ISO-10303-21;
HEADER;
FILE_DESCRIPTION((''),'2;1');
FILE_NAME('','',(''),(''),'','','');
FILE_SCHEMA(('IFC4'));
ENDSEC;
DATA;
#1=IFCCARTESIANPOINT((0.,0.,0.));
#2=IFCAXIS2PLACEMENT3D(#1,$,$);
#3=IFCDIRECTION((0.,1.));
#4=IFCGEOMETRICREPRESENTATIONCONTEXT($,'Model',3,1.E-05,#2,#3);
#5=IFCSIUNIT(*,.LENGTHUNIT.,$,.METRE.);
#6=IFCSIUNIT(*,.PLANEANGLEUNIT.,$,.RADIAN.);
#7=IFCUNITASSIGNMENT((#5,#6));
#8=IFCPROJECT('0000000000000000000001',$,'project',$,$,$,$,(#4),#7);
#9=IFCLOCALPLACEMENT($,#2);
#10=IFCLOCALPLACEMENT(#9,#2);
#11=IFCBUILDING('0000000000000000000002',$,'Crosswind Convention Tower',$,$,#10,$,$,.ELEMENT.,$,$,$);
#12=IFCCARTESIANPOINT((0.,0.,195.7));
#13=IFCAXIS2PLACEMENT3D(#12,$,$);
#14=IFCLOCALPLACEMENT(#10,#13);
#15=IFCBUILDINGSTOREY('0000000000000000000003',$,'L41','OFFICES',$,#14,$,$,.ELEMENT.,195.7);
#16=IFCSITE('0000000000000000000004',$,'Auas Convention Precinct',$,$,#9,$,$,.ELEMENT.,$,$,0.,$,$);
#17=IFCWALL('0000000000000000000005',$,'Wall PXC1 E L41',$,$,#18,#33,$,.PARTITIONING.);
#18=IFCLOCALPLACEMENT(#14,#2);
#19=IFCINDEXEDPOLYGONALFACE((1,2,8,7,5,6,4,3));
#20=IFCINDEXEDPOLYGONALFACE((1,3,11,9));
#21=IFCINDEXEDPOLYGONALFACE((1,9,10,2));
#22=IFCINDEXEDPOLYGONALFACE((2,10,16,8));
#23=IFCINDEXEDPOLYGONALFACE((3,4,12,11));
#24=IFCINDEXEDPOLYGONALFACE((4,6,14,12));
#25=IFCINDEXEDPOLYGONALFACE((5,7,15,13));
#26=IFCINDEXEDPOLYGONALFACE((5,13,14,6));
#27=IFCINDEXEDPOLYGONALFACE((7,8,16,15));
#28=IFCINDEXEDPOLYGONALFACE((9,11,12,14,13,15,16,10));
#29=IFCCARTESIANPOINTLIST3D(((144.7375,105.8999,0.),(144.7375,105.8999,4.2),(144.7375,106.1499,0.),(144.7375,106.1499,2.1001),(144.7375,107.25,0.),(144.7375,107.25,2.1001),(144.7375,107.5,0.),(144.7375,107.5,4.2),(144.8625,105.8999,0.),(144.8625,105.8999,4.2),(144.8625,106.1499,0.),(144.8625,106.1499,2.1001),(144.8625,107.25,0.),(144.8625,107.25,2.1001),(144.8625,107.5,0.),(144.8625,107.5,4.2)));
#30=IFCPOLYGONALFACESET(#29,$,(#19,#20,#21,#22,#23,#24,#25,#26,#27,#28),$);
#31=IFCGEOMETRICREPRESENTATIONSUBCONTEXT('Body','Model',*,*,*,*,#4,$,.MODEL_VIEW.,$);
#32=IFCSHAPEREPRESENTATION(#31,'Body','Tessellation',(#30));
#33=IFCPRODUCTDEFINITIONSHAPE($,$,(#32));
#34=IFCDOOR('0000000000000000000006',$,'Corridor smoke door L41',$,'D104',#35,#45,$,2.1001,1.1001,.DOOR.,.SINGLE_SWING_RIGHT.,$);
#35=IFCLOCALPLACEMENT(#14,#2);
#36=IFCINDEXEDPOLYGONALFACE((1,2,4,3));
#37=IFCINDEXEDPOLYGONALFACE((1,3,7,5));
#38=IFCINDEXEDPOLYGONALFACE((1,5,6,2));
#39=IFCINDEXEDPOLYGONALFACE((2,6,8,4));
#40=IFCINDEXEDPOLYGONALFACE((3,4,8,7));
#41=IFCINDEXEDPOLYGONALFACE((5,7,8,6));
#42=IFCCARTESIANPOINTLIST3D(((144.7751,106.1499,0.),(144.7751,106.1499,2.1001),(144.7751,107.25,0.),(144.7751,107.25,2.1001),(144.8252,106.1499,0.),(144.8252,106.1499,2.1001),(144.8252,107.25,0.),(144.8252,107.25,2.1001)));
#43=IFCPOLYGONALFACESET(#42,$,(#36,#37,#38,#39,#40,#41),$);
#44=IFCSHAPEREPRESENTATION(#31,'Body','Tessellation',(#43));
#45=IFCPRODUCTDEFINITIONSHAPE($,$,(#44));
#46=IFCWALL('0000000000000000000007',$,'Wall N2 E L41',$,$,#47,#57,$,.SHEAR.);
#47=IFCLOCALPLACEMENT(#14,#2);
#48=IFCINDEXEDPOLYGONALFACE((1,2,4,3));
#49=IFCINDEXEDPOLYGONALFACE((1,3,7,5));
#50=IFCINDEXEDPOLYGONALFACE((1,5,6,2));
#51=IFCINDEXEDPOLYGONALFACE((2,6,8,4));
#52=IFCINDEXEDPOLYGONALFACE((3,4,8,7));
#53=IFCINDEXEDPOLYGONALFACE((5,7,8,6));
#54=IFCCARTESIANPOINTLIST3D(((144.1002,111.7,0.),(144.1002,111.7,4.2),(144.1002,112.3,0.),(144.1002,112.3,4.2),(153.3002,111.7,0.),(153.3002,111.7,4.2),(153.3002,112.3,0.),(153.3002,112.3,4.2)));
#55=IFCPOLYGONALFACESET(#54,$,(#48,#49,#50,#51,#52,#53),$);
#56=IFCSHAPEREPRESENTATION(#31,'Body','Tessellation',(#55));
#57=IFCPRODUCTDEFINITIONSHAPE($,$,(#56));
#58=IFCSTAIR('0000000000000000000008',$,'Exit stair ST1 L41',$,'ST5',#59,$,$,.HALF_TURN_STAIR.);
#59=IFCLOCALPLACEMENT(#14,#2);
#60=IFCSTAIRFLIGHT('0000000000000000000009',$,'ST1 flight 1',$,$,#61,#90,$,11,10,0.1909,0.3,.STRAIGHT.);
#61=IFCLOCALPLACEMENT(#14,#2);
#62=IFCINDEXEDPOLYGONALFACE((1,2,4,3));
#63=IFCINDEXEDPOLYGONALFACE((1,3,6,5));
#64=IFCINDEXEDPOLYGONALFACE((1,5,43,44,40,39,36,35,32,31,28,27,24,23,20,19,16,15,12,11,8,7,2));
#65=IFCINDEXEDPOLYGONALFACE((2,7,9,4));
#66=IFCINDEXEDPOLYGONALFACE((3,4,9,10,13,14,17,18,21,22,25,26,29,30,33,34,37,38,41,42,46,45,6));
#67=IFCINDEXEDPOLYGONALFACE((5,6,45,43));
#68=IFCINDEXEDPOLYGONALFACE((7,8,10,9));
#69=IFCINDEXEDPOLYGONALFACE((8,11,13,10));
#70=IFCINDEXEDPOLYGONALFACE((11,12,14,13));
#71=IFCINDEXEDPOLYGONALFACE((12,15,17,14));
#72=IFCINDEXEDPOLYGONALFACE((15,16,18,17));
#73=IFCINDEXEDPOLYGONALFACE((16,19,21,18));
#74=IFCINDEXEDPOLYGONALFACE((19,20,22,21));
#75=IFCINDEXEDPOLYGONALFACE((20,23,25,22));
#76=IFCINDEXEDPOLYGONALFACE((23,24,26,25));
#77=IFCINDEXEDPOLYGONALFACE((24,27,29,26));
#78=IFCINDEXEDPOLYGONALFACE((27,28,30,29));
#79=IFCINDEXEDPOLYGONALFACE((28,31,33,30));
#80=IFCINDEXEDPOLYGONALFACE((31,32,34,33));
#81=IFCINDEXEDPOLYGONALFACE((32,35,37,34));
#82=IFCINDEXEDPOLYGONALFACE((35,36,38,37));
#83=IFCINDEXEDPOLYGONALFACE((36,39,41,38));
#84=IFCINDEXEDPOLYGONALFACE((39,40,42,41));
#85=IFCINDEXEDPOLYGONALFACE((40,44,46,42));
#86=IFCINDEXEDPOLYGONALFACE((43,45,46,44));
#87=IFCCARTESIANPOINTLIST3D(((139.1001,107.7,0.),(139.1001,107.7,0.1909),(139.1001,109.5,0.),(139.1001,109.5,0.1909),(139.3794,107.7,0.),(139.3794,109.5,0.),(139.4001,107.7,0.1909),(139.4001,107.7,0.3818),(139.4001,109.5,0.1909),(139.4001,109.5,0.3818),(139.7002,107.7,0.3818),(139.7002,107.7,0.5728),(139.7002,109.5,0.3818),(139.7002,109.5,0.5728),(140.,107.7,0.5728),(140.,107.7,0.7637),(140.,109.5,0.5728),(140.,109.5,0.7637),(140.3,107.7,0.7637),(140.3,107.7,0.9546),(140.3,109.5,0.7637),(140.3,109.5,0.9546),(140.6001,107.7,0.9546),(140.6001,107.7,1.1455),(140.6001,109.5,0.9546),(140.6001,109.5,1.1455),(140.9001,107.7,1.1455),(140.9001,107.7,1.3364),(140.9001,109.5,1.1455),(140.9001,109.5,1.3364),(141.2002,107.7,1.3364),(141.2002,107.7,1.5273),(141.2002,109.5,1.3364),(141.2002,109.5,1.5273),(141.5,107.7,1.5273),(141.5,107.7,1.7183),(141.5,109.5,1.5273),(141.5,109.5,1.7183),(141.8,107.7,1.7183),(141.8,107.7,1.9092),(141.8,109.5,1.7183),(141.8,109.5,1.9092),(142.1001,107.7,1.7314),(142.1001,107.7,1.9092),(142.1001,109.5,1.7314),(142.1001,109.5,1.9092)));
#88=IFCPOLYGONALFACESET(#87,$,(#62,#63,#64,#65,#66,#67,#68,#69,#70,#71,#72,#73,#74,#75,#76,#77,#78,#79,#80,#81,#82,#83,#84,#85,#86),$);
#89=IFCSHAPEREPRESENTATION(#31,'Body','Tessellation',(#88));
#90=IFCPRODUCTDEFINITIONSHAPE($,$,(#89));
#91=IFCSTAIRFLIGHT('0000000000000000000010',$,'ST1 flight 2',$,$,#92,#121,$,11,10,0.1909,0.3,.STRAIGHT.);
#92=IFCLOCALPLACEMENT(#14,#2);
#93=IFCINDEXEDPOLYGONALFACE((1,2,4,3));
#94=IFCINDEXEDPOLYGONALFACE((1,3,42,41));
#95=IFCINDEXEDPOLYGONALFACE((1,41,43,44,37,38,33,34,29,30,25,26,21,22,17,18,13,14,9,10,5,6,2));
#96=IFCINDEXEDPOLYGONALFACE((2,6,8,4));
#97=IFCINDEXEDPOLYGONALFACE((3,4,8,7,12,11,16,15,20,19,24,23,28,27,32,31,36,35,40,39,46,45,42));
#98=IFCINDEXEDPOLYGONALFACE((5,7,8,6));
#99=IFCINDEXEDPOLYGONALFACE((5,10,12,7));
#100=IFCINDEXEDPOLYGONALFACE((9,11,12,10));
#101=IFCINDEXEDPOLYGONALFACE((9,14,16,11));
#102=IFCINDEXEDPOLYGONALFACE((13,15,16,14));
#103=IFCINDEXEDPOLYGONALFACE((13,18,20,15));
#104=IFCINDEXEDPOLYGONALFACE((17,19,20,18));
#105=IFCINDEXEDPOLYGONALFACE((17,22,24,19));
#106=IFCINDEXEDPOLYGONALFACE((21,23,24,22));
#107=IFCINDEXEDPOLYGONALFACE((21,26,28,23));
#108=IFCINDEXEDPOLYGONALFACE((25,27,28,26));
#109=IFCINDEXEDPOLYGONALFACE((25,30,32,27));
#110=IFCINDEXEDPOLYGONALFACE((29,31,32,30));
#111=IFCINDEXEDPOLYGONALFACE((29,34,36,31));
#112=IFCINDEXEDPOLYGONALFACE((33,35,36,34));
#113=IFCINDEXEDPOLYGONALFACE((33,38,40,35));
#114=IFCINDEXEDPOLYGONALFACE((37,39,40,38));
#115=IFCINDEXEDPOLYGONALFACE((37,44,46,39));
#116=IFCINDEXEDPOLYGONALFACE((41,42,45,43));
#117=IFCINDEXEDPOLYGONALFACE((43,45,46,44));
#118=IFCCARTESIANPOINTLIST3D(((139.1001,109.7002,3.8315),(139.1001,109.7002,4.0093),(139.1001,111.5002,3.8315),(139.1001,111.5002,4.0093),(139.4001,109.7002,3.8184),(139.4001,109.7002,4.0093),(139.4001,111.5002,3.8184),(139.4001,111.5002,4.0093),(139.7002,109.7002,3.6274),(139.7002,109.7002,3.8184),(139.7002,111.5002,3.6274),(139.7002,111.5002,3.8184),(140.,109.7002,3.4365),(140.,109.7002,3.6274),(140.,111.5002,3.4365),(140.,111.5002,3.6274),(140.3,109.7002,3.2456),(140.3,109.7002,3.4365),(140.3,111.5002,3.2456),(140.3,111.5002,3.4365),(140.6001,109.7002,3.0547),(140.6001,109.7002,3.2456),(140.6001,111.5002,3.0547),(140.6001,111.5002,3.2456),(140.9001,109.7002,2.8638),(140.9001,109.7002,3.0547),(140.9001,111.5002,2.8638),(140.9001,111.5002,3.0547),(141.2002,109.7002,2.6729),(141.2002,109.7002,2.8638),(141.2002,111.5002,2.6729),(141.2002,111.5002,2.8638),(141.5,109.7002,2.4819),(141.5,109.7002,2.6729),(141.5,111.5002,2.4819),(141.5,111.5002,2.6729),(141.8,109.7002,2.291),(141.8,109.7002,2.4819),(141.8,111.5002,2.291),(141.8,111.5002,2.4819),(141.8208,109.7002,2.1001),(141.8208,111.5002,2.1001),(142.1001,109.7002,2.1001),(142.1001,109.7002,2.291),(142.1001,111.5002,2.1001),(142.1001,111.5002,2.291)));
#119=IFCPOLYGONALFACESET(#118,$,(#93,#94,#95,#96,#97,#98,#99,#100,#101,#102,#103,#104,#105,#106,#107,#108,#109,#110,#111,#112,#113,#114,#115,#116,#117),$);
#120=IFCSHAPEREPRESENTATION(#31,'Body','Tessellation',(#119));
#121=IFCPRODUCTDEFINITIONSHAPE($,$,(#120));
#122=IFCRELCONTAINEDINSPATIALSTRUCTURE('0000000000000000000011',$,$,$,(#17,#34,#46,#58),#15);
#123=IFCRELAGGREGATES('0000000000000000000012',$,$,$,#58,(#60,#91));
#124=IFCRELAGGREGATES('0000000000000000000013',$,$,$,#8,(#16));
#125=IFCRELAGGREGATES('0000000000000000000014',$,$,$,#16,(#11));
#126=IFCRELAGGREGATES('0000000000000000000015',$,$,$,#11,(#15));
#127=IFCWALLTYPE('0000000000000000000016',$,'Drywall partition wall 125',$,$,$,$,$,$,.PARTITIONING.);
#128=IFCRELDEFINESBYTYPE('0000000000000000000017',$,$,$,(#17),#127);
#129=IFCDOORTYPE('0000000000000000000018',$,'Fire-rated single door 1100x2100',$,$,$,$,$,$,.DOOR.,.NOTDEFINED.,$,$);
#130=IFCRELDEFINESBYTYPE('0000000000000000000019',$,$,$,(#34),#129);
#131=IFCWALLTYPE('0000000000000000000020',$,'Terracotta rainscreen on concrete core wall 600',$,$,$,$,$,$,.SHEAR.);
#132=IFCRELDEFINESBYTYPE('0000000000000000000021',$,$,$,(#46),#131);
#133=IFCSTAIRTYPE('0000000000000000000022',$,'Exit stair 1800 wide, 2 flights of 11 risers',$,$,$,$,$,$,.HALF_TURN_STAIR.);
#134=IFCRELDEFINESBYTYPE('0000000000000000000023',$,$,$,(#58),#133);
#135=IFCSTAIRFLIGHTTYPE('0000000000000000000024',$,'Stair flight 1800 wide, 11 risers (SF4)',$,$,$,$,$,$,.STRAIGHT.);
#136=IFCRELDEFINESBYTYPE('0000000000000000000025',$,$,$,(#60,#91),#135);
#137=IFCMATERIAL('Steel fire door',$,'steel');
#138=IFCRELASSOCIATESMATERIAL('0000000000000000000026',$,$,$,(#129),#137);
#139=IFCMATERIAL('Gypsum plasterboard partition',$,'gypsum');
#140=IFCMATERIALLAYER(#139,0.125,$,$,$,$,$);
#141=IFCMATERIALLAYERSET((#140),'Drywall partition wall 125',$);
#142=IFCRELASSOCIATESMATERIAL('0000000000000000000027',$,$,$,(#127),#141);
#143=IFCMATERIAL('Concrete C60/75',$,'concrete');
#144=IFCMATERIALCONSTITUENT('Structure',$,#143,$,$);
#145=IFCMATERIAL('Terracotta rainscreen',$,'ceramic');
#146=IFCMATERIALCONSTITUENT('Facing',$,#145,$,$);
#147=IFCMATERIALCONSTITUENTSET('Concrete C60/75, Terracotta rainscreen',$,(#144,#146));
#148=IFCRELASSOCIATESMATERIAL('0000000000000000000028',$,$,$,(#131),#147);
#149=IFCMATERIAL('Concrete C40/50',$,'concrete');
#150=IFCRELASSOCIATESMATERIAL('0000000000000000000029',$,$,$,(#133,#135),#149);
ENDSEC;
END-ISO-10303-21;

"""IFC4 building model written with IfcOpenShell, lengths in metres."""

from ifc_helpers import new_model, si_unit, direction, frame, frame_2d, origin, place, context, subcontext, project, spatial, polyline, rectangle, outline, extrude, material, layer, layer_set, constituent, constituent_set, type_object, element, fill, aggregate, save


model = new_model("IFC4")

# Units and contexts
model_context = context("Model", 3, precision=1e-05, world=origin(), true_north=direction((0.0, 1.0)))
body_context = subcontext(model_context, "Body", "Model", "MODEL_VIEW")
ifc_project = project(units=[si_unit("LENGTHUNIT", "METRE"), si_unit("PLANEANGLEUNIT", "RADIAN")], contexts=[model_context])

# Site, building, storey
site_placement = place(None, origin())
site = spatial("IfcSite", under=ifc_project, at=site_placement, Name="Auas Convention Precinct", CompositionType="ELEMENT", RefElevation=0.0)
building_placement = place(site_placement, origin())
building = spatial("IfcBuilding", under=site, at=building_placement, Name="Crosswind Convention Tower", CompositionType="ELEMENT")
storey_placement = place(building_placement, frame((0.0, 0.0, 195.7)))
storey = spatial("IfcBuildingStorey", under=building, at=storey_placement, Name="L41", Description="OFFICES", CompositionType="ELEMENT", Elevation=195.7)

# Shared definitions
ifc_material_1 = material(Name="Steel fire door", Category="steel")
door_type_1 = type_object("IfcDoorType", Name="Fire-rated single door 1100x2100", OperationType="NOTDEFINED", PredefinedType="DOOR", material=ifc_material_1)

# Shared definitions
ifc_material_2 = material(Name="Gypsum plasterboard partition", Category="gypsum")
ifc_layer_1 = layer(ifc_material_2, 0.125)
ifc_layer_set_1 = layer_set([ifc_layer_1], Name="Drywall partition wall 125")
wall_type_1 = type_object("IfcWallType", Name="Drywall partition wall 125", PredefinedType="PARTITIONING", material=ifc_layer_set_1)

# Wall, opening, door
wall_1_placement = place(storey_placement, frame((144.8, 105.8999, 0.0), z_axis=(0.0, 0.0, 1.0), x_axis=(0.0, 1.0, 0.0)))
wall_1 = element("IfcWall", 1, at=wall_1_placement, inside=storey, type_object=wall_type_1, Name="Wall PXC1 E L41", PredefinedType="PARTITIONING", context=body_context, shape_type="SweptSolid", body=[
    extrude(rectangle(XDim=1.6001, YDim=0.125, at=frame_2d((0.8, 0.0))), origin(), (0.0, 0.0, 1.0), 4.2),
])
opening_1_placement = place(wall_1_placement, frame((0.25, 0.0, 0.0)))
opening_1 = element("IfcOpeningElement", 2, at=opening_1_placement, cuts=wall_1, PredefinedType="OPENING", context=body_context, shape_type="SweptSolid", body=[
    extrude(rectangle(XDim=1.1001, YDim=2.1001, at=frame_2d((0.55, 1.05))), frame((0.0, 0.0725, 0.0), z_axis=(0.0, -1.0, 0.0), x_axis=(1.0, 0.0, 0.0)), (0.0, 0.0, 1.0), 0.145),
])
door_1_placement = place(opening_1_placement, origin())
door_1 = element("IfcDoor", 3, at=door_1_placement, inside=storey, type_object=door_type_1, Name="Corridor smoke door L41", ObjectType="D104", OperationType="SINGLE_SWING_RIGHT", OverallHeight=2.1001, OverallWidth=1.1001, PredefinedType="DOOR", context=body_context, shape_type="SweptSolid", body=[
    extrude(rectangle(XDim=1.1001, YDim=2.1001, at=frame_2d((0.55, 1.05))), frame((0.0, 0.0249, 0.0), z_axis=(0.0, -1.0, 0.0), x_axis=(1.0, 0.0, 0.0)), (0.0, 0.0, 1.0), 0.05),
])
fill(opening_1, door_1)

# Wall
ifc_material_3 = material(Name="Concrete C60/75", Category="concrete")
ifc_constituent_1 = constituent(ifc_material_3, Name="Structure")
ifc_material_4 = material(Name="Terracotta rainscreen", Category="ceramic")
ifc_constituent_2 = constituent(ifc_material_4, Name="Facing")
ifc_constituent_set = constituent_set(constituents=[ifc_constituent_1, ifc_constituent_2], Name="Concrete C60/75, Terracotta rainscreen")
wall_type_2 = type_object("IfcWallType", Name="Terracotta rainscreen on concrete core wall 600", PredefinedType="SHEAR", material=ifc_constituent_set)
wall_2_placement = place(storey_placement, frame((144.1001, 112.0, 0.0), z_axis=(0.0, 0.0, 1.0), x_axis=(1.0, 0.0, 0.0)))
element("IfcWall", 4, at=wall_2_placement, inside=storey, type_object=wall_type_2, Name="Wall N2 E L41", PredefinedType="SHEAR", context=body_context, shape_type="SweptSolid", body=[
    extrude(rectangle(XDim=9.2, YDim=0.6001, at=frame_2d((4.6001, 0.0))), origin(), (0.0, 0.0, 1.0), 4.2),
])

# Stair, stair flights
ifc_material_5 = material(Name="Concrete C40/50", Category="concrete")
stair_type = type_object("IfcStairType", Name="Exit stair 1800 wide, 2 flights of 11 risers", PredefinedType="HALF_TURN_STAIR", material=ifc_material_5)
stair_placement = place(storey_placement, origin())
stair = element("IfcStair", 5, at=stair_placement, inside=storey, type_object=stair_type, Name="Exit stair ST1 L41", ObjectType="ST5", PredefinedType="HALF_TURN_STAIR")
stair_flight_type = type_object("IfcStairFlightType", Name="Stair flight 1800 wide, 11 risers (SF4)", PredefinedType="STRAIGHT", material=ifc_material_5)
stair_flight_1_placement = place(storey_placement, frame((139.1001, 108.6001, 0.0), z_axis=(0.0, 0.0, 1.0), x_axis=(1.0, 0.0, 0.0)))
stair_flight_1 = element("IfcStairFlight", 6, at=stair_flight_1_placement, type_object=stair_flight_type, Name="ST1 flight 1", NumberOfRisers=11, NumberOfTreads=10, PredefinedType="STRAIGHT", RiserHeight=0.1909, TreadLength=0.3, context=body_context, shape_type="SweptSolid", body=[
    extrude(outline(polyline([(0.0, 0.0), (0.0, 0.1909), (0.3, 0.1909), (0.3, 0.3818), (0.6001, 0.3818), (0.6001, 0.5728), (0.8999, 0.5728), (0.8999, 0.7637), (1.2, 0.7637), (1.2, 0.9546), (1.5, 0.9546), (1.5, 1.1455), (1.8, 1.1455), (1.8, 1.3364), (2.1001, 1.3364), (2.1001, 1.5273), (2.3999, 1.5273), (2.3999, 1.7183), (2.7, 1.7183), (2.7, 1.9092), (3.0, 1.9092), (3.0, 2.1001), (3.0, 1.7314), (0.2793, 0.0), (0.0, 0.0)])), frame((0.0, 0.8999, 0.0), z_axis=(0.0, -1.0, 0.0), x_axis=(1.0, 0.0, 0.0)), (0.0, 0.0, 1.0), 1.8),
])
stair_flight_2_placement = place(storey_placement, frame((142.1001, 110.6001, 2.1001), z_axis=(0.0, 0.0, 1.0), x_axis=(-1.0, 0.0, 0.0)))
stair_flight_2 = element("IfcStairFlight", 7, at=stair_flight_2_placement, type_object=stair_flight_type, Name="ST1 flight 2", NumberOfRisers=11, NumberOfTreads=10, PredefinedType="STRAIGHT", RiserHeight=0.1909, TreadLength=0.3, context=body_context, shape_type="SweptSolid", body=[
    extrude(outline(polyline([(0.0, 0.0), (0.0, 0.1909), (0.3, 0.1909), (0.3, 0.3818), (0.6001, 0.3818), (0.6001, 0.5728), (0.8999, 0.5728), (0.8999, 0.7637), (1.2, 0.7637), (1.2, 0.9546), (1.5, 0.9546), (1.5, 1.1455), (1.8, 1.1455), (1.8, 1.3364), (2.1001, 1.3364), (2.1001, 1.5273), (2.3999, 1.5273), (2.3999, 1.7183), (2.7, 1.7183), (2.7, 1.9092), (3.0, 1.9092), (3.0, 2.1001), (3.0, 1.7314), (0.2793, 0.0), (0.0, 0.0)])), frame((0.0, 0.8999, 0.0), z_axis=(0.0, -1.0, 0.0), x_axis=(1.0, 0.0, 0.0)), (0.0, 0.0, 1.0), 1.8),
])
aggregate(stair, [stair_flight_1, stair_flight_2])

save(model, "model.ifc")
